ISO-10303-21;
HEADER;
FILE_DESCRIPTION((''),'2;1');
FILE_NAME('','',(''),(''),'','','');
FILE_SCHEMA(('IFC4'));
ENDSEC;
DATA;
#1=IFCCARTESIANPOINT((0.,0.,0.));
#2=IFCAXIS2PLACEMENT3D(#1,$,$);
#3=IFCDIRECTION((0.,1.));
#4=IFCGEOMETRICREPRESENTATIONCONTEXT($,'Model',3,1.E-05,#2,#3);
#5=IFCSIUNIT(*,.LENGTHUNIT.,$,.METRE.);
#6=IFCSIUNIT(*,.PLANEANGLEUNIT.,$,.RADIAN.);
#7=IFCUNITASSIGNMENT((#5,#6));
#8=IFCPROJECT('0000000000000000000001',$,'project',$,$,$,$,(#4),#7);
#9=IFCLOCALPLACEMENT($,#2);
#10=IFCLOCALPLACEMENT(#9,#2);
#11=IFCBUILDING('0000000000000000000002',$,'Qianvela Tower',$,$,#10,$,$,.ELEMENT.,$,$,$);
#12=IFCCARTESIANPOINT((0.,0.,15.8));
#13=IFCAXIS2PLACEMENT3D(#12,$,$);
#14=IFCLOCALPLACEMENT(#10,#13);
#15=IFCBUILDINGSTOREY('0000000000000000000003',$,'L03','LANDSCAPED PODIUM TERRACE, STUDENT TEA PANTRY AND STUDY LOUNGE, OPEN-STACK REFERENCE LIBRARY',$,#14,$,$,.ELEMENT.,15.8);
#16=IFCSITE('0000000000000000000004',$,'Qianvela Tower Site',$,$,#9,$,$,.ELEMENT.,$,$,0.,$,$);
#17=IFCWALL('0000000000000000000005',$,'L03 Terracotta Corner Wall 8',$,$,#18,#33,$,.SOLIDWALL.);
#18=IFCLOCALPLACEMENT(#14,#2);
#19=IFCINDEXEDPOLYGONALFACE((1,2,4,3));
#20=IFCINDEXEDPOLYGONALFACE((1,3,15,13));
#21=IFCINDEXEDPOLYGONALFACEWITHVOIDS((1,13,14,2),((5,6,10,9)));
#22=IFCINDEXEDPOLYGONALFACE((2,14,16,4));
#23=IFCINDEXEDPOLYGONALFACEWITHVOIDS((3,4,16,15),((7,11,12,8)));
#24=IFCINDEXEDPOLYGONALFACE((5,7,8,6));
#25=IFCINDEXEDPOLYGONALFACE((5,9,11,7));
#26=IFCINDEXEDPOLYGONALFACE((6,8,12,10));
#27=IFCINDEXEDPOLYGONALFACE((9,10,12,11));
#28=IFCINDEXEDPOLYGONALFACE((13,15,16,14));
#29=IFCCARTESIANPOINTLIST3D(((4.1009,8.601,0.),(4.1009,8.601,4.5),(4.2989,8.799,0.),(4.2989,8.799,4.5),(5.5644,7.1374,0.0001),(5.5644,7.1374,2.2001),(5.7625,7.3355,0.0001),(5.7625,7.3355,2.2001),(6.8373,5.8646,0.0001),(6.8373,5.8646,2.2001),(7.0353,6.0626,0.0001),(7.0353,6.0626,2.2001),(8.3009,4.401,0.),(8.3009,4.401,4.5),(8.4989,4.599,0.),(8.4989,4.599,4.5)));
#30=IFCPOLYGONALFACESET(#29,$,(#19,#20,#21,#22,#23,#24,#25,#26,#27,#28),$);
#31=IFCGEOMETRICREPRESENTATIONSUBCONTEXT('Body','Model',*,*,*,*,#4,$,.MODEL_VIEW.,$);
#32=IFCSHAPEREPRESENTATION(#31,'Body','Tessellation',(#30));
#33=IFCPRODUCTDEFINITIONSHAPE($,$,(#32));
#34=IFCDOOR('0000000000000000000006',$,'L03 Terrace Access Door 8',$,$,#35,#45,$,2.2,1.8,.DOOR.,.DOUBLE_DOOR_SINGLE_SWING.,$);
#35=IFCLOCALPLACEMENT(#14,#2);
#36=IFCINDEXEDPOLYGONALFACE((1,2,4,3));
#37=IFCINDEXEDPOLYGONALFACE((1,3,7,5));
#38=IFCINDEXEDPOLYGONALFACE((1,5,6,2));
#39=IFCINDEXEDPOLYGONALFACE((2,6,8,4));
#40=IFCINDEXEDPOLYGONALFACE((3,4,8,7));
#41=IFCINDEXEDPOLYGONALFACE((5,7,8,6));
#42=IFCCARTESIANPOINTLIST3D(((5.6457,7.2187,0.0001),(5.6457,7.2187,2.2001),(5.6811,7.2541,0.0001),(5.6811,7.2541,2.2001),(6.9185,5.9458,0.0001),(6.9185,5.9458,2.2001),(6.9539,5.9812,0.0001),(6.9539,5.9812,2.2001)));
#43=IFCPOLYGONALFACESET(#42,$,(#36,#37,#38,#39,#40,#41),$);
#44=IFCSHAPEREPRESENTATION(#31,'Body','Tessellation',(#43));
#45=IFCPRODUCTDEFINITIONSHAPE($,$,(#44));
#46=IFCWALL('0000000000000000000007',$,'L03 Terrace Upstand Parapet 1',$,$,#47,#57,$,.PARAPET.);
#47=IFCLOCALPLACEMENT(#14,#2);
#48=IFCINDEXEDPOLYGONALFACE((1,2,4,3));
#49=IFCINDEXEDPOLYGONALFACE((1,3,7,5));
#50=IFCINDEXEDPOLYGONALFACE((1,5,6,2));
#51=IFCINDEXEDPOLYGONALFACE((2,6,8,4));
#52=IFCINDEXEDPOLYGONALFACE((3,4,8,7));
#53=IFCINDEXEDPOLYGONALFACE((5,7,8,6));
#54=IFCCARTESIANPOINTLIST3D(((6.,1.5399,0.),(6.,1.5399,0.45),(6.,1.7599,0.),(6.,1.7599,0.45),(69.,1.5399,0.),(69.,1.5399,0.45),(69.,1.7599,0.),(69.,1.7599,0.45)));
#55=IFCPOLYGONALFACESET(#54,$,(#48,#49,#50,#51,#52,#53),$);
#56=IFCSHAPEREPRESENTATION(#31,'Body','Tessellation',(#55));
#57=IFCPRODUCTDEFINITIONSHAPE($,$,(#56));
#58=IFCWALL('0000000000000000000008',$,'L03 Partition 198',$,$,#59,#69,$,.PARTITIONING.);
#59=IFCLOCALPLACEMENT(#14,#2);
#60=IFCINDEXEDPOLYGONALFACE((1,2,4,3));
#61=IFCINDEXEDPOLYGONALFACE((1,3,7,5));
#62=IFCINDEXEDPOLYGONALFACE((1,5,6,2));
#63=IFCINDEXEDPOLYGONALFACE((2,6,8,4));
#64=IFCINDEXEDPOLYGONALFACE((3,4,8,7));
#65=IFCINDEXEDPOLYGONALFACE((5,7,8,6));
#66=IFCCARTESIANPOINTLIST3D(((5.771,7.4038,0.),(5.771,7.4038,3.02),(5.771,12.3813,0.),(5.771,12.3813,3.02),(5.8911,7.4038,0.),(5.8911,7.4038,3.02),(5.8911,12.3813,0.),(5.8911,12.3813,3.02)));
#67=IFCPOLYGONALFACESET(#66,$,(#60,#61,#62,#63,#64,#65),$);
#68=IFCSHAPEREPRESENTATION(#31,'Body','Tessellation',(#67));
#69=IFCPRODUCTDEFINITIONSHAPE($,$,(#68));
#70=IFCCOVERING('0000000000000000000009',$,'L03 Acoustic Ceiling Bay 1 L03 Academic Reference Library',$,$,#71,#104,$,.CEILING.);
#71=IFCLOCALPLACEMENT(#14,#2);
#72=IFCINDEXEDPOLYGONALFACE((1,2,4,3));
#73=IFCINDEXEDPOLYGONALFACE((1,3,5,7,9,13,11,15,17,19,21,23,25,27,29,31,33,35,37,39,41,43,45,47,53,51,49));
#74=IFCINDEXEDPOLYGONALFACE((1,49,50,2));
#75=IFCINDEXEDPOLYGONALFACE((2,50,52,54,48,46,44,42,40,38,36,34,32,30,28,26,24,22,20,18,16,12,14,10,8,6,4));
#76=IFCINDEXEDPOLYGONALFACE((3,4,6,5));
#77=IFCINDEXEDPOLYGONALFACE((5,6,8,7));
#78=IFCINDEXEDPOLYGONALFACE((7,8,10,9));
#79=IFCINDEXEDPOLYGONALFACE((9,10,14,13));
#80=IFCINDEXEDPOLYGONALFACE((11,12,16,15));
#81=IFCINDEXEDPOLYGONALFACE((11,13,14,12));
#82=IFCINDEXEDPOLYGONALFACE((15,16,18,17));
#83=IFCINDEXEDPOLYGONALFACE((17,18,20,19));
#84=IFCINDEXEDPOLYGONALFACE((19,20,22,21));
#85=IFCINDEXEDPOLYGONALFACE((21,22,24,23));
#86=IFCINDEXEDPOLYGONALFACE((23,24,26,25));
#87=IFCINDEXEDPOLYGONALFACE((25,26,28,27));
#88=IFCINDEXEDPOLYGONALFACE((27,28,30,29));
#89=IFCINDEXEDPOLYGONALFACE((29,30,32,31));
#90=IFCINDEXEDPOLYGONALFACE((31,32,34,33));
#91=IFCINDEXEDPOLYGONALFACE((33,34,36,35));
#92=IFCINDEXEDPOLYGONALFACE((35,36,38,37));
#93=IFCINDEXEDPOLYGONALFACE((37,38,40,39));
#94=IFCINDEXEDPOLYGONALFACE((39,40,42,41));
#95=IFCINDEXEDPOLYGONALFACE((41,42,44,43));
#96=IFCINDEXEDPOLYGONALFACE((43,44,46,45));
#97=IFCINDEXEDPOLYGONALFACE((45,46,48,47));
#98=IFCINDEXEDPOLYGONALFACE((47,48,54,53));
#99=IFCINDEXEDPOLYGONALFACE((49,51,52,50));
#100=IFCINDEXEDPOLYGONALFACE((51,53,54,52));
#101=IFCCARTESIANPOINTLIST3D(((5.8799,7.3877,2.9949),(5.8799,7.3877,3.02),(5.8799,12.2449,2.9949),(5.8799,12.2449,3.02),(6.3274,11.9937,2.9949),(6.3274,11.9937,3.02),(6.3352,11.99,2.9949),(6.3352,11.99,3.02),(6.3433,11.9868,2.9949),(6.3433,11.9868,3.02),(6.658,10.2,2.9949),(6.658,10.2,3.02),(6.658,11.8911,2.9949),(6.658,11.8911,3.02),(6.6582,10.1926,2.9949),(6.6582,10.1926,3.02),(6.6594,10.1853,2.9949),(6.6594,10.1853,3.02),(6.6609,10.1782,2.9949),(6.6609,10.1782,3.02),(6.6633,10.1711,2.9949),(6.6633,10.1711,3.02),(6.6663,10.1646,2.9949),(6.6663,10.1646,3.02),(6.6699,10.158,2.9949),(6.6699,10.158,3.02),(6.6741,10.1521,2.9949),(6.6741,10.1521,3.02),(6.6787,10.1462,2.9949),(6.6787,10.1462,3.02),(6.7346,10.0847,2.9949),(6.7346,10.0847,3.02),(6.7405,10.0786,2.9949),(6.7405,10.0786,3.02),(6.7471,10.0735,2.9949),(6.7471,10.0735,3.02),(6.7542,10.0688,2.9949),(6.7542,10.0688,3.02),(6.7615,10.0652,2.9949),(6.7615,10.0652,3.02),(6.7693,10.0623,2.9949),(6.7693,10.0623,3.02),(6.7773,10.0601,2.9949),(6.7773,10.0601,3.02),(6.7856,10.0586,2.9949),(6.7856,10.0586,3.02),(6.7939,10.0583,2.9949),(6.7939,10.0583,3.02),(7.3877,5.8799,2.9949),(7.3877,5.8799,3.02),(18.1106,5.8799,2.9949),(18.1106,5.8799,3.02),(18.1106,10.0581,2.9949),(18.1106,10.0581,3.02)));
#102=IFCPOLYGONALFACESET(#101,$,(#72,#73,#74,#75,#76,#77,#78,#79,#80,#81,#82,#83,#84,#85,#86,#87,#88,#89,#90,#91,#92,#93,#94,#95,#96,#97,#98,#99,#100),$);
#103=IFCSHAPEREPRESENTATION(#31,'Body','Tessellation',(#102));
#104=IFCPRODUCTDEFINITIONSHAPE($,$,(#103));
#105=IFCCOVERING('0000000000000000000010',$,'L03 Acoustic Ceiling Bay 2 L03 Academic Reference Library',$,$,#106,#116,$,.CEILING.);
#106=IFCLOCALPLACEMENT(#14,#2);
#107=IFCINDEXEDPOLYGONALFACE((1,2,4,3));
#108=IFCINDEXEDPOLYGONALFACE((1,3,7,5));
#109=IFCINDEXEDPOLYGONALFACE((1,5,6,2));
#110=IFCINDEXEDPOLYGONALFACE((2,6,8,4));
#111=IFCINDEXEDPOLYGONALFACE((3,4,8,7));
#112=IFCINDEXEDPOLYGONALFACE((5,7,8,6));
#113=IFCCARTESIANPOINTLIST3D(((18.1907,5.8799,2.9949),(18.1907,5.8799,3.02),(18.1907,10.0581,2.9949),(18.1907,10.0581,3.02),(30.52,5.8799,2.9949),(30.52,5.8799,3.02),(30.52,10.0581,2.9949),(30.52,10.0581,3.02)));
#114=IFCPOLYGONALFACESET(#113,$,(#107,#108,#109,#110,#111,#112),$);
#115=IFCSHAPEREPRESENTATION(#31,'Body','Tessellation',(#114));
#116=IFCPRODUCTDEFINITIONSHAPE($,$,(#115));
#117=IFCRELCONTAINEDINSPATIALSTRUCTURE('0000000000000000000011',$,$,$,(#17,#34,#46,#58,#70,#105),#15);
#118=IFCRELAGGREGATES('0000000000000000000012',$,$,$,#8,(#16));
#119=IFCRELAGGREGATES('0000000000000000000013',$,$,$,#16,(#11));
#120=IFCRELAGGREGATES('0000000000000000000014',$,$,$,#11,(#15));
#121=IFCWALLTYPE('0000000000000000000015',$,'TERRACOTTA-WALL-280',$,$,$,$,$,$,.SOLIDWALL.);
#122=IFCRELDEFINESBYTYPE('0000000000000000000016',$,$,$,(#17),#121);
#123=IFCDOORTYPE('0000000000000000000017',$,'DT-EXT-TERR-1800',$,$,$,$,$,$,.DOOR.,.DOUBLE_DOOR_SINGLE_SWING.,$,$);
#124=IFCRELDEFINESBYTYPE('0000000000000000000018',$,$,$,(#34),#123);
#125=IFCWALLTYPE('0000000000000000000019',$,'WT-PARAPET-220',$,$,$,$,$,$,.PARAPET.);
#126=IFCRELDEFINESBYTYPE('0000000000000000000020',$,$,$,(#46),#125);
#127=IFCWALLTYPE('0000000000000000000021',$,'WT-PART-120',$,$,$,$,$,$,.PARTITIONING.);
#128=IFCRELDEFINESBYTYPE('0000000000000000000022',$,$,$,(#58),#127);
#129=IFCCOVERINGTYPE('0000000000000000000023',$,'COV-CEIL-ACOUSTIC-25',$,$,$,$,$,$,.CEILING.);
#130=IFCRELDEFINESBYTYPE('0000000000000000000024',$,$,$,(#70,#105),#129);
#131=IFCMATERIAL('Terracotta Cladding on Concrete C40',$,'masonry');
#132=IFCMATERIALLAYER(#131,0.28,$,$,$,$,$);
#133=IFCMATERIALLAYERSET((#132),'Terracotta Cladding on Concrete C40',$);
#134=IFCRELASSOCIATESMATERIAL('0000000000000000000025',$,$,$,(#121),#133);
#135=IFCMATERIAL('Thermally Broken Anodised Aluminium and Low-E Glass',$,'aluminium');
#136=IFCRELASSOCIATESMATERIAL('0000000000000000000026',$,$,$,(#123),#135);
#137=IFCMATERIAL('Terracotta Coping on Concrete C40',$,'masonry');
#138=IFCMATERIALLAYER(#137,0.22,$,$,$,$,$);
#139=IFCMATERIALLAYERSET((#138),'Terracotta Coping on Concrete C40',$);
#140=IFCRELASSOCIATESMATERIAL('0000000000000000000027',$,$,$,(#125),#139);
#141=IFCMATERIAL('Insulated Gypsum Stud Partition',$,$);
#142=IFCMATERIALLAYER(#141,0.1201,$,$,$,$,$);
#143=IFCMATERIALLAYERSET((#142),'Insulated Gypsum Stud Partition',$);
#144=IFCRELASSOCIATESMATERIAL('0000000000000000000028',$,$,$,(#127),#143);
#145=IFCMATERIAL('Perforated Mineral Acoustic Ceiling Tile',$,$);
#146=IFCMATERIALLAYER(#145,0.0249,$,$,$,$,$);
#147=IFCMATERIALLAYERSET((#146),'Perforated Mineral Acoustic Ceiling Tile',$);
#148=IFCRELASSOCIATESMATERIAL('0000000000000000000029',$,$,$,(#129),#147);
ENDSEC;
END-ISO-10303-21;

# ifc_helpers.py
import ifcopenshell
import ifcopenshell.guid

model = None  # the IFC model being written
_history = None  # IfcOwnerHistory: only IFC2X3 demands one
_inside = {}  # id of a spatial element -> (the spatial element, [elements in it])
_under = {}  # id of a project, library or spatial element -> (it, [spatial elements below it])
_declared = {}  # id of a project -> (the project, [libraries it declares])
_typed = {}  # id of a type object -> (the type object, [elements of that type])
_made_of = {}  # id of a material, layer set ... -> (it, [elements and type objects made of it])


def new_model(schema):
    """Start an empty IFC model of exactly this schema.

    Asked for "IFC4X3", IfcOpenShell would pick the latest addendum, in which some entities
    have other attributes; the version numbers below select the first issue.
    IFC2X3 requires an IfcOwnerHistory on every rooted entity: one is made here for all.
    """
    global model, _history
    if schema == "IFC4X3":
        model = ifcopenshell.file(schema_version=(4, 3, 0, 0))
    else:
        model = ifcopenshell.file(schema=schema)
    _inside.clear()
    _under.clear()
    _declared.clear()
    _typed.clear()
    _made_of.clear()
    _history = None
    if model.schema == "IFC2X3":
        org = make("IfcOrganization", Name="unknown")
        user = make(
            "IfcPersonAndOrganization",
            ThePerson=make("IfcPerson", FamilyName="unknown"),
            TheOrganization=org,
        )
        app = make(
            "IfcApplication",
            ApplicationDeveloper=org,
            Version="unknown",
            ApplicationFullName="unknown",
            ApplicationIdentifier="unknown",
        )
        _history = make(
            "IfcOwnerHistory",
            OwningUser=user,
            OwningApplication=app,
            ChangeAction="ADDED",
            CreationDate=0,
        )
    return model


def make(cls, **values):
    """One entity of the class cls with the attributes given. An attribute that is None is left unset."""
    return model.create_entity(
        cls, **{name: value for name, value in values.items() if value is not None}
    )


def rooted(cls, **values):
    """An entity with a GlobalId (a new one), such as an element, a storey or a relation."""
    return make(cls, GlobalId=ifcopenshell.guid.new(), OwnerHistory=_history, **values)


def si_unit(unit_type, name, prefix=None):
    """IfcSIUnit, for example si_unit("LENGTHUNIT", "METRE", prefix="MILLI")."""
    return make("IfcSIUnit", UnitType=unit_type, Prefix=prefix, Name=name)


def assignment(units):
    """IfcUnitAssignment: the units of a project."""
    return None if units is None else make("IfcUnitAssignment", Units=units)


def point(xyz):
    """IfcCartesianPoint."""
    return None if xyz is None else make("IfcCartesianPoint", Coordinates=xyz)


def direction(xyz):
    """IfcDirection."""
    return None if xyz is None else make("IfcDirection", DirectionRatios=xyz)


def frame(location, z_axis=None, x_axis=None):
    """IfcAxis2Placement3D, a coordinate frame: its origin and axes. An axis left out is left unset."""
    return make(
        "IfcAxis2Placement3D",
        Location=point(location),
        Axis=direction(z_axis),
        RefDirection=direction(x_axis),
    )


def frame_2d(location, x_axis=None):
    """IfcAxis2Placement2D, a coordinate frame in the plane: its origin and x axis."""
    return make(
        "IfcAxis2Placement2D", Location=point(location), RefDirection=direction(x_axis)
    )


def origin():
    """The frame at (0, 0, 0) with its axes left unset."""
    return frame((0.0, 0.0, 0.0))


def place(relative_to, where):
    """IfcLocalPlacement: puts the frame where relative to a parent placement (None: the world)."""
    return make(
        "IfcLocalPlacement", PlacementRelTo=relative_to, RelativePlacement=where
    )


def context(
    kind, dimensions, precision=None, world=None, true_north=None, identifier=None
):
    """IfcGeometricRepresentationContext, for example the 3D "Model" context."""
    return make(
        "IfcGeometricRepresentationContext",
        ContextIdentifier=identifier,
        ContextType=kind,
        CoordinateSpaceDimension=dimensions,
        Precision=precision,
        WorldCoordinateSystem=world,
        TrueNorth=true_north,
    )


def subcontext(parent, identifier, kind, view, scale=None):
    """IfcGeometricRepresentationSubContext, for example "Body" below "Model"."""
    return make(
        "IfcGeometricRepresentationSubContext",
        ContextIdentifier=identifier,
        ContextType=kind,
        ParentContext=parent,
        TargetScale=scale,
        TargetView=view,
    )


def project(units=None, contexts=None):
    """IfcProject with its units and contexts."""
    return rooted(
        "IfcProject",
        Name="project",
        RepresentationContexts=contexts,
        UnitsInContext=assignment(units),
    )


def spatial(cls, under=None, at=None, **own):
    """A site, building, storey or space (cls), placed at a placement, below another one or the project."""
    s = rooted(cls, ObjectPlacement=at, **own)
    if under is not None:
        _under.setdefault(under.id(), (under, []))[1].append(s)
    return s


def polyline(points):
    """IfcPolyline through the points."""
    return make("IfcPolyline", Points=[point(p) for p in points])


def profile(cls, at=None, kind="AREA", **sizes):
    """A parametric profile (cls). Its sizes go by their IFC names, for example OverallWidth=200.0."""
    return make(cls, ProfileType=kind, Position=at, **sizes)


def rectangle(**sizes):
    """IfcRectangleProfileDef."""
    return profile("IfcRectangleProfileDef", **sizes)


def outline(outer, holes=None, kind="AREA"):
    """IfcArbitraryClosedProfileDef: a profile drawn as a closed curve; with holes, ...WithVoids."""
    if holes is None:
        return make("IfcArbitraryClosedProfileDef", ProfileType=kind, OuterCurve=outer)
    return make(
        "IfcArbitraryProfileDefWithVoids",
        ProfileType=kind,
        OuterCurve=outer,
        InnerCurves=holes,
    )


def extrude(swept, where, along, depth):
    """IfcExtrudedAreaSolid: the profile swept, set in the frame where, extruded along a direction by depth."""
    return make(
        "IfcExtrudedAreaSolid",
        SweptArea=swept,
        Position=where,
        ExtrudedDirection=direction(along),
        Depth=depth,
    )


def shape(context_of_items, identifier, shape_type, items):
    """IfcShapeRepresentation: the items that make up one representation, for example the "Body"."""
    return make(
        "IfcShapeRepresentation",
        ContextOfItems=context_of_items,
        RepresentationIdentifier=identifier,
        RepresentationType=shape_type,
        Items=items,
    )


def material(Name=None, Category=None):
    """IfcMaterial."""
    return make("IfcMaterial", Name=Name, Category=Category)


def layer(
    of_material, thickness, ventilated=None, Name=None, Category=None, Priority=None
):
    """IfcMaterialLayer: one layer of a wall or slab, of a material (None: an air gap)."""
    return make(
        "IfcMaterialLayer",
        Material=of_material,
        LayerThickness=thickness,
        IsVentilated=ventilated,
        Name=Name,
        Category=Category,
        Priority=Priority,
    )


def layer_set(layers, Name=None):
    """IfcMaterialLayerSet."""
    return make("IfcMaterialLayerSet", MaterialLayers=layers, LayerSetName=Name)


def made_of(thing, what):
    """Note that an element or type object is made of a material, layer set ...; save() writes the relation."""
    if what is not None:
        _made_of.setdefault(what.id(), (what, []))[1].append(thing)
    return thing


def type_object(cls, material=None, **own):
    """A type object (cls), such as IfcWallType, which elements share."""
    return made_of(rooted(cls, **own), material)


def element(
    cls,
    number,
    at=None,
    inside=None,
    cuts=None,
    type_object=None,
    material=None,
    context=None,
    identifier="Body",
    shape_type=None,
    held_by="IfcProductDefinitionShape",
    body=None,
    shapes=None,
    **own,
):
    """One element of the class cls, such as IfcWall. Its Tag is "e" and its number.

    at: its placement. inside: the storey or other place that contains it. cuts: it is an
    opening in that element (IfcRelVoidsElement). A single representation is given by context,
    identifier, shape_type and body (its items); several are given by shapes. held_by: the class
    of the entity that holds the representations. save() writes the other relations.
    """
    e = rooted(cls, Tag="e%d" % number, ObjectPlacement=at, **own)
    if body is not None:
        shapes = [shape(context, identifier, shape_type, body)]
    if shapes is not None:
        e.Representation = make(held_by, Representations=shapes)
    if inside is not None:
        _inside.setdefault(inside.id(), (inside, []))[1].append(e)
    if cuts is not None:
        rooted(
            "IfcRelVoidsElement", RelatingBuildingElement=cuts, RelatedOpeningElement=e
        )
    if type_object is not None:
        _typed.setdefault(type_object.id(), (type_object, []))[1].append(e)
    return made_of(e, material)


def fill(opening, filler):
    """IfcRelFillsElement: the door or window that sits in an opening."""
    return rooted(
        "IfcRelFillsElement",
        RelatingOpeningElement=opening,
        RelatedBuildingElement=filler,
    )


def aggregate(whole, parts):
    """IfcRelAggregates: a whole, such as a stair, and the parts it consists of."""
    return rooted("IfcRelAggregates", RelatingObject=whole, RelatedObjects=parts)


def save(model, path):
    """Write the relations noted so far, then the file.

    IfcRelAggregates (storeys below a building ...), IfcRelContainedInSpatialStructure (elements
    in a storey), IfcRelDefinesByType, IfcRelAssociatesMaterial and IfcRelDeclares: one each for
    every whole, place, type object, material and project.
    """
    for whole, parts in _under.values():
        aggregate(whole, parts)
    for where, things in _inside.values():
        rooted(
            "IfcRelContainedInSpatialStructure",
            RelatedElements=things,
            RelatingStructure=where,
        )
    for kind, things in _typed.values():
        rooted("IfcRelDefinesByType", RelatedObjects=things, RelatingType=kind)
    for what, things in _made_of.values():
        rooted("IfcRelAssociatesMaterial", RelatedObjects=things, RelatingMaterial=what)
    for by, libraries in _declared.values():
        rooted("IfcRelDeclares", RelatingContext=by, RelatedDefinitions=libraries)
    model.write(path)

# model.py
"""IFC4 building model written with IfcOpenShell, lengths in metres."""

from ifc_helpers import new_model, si_unit, direction, frame, frame_2d, origin, place, context, subcontext, project, spatial, polyline, rectangle, outline, extrude, material, layer, layer_set, type_object, element, fill, save


model = new_model("IFC4")

# Units and contexts
model_context = context("Model", 3, precision=1e-05, world=origin(), true_north=direction((0.0, 1.0)))
body_context = subcontext(model_context, "Body", "Model", "MODEL_VIEW")
ifc_project = project(units=[si_unit("LENGTHUNIT", "METRE"), si_unit("PLANEANGLEUNIT", "RADIAN")], contexts=[model_context])

# Site, building, storey
site_placement = place(None, origin())
site = spatial("IfcSite", under=ifc_project, at=site_placement, Name="Qianvela Tower Site", CompositionType="ELEMENT", RefElevation=0.0)
building_placement = place(site_placement, origin())
building = spatial("IfcBuilding", under=site, at=building_placement, Name="Qianvela Tower", CompositionType="ELEMENT")
storey_placement = place(building_placement, frame((0.0, 0.0, 15.8)))
storey = spatial("IfcBuildingStorey", under=building, at=storey_placement, Name="L03", Description="LANDSCAPED PODIUM TERRACE, STUDENT TEA PANTRY AND STUDY LOUNGE, OPEN-STACK REFERENCE LIBRARY", CompositionType="ELEMENT", Elevation=15.8)

# Wall, opening, door
ifc_material_1 = material(Name="Terracotta Cladding on Concrete C40", Category="masonry")
ifc_layer_1 = layer(ifc_material_1, 0.28)
ifc_layer_set_1 = layer_set([ifc_layer_1], Name="Terracotta Cladding on Concrete C40")
wall_type_1 = type_object("IfcWallType", Name="TERRACOTTA-WALL-280", PredefinedType="SOLIDWALL", material=ifc_layer_set_1)
wall_1_placement = place(storey_placement, frame((4.2, 8.7, 0.0), z_axis=(0.0, 0.0, 1.0), x_axis=(0.707107, -0.707107, 0.0)))
wall_1 = element("IfcWall", 1, at=wall_1_placement, inside=storey, type_object=wall_type_1, Name="L03 Terracotta Corner Wall 8", PredefinedType="SOLIDWALL", context=body_context, shape_type="SweptSolid", body=[
    extrude(rectangle(XDim=5.9397, YDim=0.28, at=frame_2d((2.9697, 0.0))), origin(), (0.0, 0.0, 1.0), 4.5),
])
opening_placement = place(wall_1_placement, frame((2.0698, 0.0, 0.0)))
opening = element("IfcOpeningElement", 2, at=opening_placement, cuts=wall_1, PredefinedType="OPENING", context=body_context, shape_type="SweptSolid", body=[
    extrude(rectangle(XDim=1.8, YDim=2.2, at=frame_2d((0.8999, 1.1001))), frame((0.0, 0.1499, 0.0), z_axis=(0.0, -1.0, 0.0), x_axis=(1.0, 0.0, 0.0)), (0.0, 0.0, 1.0), 0.3),
])
ifc_material_2 = material(Name="Thermally Broken Anodised Aluminium and Low-E Glass", Category="aluminium")
door_type = type_object("IfcDoorType", Name="DT-EXT-TERR-1800", OperationType="DOUBLE_DOOR_SINGLE_SWING", PredefinedType="DOOR", material=ifc_material_2)
door_placement = place(opening_placement, origin())
door = element("IfcDoor", 3, at=door_placement, inside=storey, type_object=door_type, Name="L03 Terrace Access Door 8", OperationType="DOUBLE_DOOR_SINGLE_SWING", OverallHeight=2.2, OverallWidth=1.8, PredefinedType="DOOR", context=body_context, shape_type="SweptSolid", body=[
    extrude(rectangle(XDim=1.8, YDim=2.2, at=frame_2d((0.8999, 1.1001))), frame((0.0, 0.0249, 0.0), z_axis=(0.0, -1.0, 0.0), x_axis=(1.0, 0.0, 0.0)), (0.0, 0.0, 1.0), 0.05),
])
fill(opening, door)

# Walls
ifc_material_3 = material(Name="Terracotta Coping on Concrete C40", Category="masonry")
ifc_layer_2 = layer(ifc_material_3, 0.22)
ifc_layer_set_2 = layer_set([ifc_layer_2], Name="Terracotta Coping on Concrete C40")
wall_type_2 = type_object("IfcWallType", Name="WT-PARAPET-220", PredefinedType="PARAPET", material=ifc_layer_set_2)
wall_2_placement = place(storey_placement, frame((6.0, 1.6499, 0.0), z_axis=(0.0, 0.0, 1.0), x_axis=(1.0, 0.0, 0.0)))
element("IfcWall", 4, at=wall_2_placement, inside=storey, type_object=wall_type_2, Name="L03 Terrace Upstand Parapet 1", PredefinedType="PARAPET", context=body_context, shape_type="SweptSolid", body=[
    extrude(rectangle(XDim=63.0, YDim=0.22, at=frame_2d((31.5, 0.0))), origin(), (0.0, 0.0, 1.0), 0.45),
])
ifc_material_4 = material(Name="Insulated Gypsum Stud Partition")
ifc_layer_3 = layer(ifc_material_4, 0.1201)
ifc_layer_set_3 = layer_set([ifc_layer_3], Name="Insulated Gypsum Stud Partition")
wall_type_3 = type_object("IfcWallType", Name="WT-PART-120", PredefinedType="PARTITIONING", material=ifc_layer_set_3)
wall_3_placement = place(storey_placement, frame((5.8311, 7.4038, 0.0), z_axis=(0.0, 0.0, 1.0), x_axis=(0.0, 1.0, 0.0)))
element("IfcWall", 5, at=wall_3_placement, inside=storey, type_object=wall_type_3, Name="L03 Partition 198", PredefinedType="PARTITIONING", context=body_context, shape_type="SweptSolid", body=[
    extrude(rectangle(XDim=4.9775, YDim=0.1201, at=frame_2d((2.4888, 0.0))), origin(), (0.0, 0.0, 1.0), 3.02),
])

# Coverings
ifc_material_5 = material(Name="Perforated Mineral Acoustic Ceiling Tile")
ifc_layer_4 = layer(ifc_material_5, 0.0249)
ifc_layer_set_4 = layer_set([ifc_layer_4], Name="Perforated Mineral Acoustic Ceiling Tile")
covering_type_1 = type_object("IfcCoveringType", Name="COV-CEIL-ACOUSTIC-25", PredefinedType="CEILING", material=ifc_layer_set_4)
covering_1_placement = place(storey_placement, frame((0.0, 0.0, 2.9949)))
element("IfcCovering", 6, at=covering_1_placement, inside=storey, type_object=covering_type_1, Name="L03 Acoustic Ceiling Bay 1 L03 Academic Reference Library", PredefinedType="CEILING", context=body_context, shape_type="SweptSolid", body=[
    extrude(outline(polyline([(7.3877, 5.8799), (5.8799, 7.3877), (5.8799, 12.2449), (6.3274, 11.9937), (6.3352, 11.99), (6.3433, 11.9868), (6.658, 11.8911), (6.658, 10.2), (6.6582, 10.1926), (6.6594, 10.1853), (6.6609, 10.1782), (6.6633, 10.1711), (6.6663, 10.1646), (6.6699, 10.158), (6.6741, 10.1521), (6.6787, 10.1462), (6.7346, 10.0847), (6.7405, 10.0786), (6.7471, 10.0735), (6.7542, 10.0688), (6.7615, 10.0652), (6.7693, 10.0623), (6.7773, 10.0601), (6.7856, 10.0586), (6.7939, 10.0583), (18.1106, 10.0581), (18.1106, 5.8799), (7.3877, 5.8799)])), origin(), (0.0, 0.0, 1.0), 0.0251),
])
covering_2_placement = place(storey_placement, frame((0.0, 0.0, 2.9949)))
element("IfcCovering", 7, at=covering_2_placement, inside=storey, type_object=covering_type_1, Name="L03 Acoustic Ceiling Bay 2 L03 Academic Reference Library", PredefinedType="CEILING", context=body_context, shape_type="SweptSolid", body=[
    extrude(outline(polyline([(18.1907, 5.8799), (18.1907, 10.0581), (30.52, 10.0581), (30.52, 5.8799), (18.1907, 5.8799)])), origin(), (0.0, 0.0, 1.0), 0.0251),
])

save(model, "model.ifc")
